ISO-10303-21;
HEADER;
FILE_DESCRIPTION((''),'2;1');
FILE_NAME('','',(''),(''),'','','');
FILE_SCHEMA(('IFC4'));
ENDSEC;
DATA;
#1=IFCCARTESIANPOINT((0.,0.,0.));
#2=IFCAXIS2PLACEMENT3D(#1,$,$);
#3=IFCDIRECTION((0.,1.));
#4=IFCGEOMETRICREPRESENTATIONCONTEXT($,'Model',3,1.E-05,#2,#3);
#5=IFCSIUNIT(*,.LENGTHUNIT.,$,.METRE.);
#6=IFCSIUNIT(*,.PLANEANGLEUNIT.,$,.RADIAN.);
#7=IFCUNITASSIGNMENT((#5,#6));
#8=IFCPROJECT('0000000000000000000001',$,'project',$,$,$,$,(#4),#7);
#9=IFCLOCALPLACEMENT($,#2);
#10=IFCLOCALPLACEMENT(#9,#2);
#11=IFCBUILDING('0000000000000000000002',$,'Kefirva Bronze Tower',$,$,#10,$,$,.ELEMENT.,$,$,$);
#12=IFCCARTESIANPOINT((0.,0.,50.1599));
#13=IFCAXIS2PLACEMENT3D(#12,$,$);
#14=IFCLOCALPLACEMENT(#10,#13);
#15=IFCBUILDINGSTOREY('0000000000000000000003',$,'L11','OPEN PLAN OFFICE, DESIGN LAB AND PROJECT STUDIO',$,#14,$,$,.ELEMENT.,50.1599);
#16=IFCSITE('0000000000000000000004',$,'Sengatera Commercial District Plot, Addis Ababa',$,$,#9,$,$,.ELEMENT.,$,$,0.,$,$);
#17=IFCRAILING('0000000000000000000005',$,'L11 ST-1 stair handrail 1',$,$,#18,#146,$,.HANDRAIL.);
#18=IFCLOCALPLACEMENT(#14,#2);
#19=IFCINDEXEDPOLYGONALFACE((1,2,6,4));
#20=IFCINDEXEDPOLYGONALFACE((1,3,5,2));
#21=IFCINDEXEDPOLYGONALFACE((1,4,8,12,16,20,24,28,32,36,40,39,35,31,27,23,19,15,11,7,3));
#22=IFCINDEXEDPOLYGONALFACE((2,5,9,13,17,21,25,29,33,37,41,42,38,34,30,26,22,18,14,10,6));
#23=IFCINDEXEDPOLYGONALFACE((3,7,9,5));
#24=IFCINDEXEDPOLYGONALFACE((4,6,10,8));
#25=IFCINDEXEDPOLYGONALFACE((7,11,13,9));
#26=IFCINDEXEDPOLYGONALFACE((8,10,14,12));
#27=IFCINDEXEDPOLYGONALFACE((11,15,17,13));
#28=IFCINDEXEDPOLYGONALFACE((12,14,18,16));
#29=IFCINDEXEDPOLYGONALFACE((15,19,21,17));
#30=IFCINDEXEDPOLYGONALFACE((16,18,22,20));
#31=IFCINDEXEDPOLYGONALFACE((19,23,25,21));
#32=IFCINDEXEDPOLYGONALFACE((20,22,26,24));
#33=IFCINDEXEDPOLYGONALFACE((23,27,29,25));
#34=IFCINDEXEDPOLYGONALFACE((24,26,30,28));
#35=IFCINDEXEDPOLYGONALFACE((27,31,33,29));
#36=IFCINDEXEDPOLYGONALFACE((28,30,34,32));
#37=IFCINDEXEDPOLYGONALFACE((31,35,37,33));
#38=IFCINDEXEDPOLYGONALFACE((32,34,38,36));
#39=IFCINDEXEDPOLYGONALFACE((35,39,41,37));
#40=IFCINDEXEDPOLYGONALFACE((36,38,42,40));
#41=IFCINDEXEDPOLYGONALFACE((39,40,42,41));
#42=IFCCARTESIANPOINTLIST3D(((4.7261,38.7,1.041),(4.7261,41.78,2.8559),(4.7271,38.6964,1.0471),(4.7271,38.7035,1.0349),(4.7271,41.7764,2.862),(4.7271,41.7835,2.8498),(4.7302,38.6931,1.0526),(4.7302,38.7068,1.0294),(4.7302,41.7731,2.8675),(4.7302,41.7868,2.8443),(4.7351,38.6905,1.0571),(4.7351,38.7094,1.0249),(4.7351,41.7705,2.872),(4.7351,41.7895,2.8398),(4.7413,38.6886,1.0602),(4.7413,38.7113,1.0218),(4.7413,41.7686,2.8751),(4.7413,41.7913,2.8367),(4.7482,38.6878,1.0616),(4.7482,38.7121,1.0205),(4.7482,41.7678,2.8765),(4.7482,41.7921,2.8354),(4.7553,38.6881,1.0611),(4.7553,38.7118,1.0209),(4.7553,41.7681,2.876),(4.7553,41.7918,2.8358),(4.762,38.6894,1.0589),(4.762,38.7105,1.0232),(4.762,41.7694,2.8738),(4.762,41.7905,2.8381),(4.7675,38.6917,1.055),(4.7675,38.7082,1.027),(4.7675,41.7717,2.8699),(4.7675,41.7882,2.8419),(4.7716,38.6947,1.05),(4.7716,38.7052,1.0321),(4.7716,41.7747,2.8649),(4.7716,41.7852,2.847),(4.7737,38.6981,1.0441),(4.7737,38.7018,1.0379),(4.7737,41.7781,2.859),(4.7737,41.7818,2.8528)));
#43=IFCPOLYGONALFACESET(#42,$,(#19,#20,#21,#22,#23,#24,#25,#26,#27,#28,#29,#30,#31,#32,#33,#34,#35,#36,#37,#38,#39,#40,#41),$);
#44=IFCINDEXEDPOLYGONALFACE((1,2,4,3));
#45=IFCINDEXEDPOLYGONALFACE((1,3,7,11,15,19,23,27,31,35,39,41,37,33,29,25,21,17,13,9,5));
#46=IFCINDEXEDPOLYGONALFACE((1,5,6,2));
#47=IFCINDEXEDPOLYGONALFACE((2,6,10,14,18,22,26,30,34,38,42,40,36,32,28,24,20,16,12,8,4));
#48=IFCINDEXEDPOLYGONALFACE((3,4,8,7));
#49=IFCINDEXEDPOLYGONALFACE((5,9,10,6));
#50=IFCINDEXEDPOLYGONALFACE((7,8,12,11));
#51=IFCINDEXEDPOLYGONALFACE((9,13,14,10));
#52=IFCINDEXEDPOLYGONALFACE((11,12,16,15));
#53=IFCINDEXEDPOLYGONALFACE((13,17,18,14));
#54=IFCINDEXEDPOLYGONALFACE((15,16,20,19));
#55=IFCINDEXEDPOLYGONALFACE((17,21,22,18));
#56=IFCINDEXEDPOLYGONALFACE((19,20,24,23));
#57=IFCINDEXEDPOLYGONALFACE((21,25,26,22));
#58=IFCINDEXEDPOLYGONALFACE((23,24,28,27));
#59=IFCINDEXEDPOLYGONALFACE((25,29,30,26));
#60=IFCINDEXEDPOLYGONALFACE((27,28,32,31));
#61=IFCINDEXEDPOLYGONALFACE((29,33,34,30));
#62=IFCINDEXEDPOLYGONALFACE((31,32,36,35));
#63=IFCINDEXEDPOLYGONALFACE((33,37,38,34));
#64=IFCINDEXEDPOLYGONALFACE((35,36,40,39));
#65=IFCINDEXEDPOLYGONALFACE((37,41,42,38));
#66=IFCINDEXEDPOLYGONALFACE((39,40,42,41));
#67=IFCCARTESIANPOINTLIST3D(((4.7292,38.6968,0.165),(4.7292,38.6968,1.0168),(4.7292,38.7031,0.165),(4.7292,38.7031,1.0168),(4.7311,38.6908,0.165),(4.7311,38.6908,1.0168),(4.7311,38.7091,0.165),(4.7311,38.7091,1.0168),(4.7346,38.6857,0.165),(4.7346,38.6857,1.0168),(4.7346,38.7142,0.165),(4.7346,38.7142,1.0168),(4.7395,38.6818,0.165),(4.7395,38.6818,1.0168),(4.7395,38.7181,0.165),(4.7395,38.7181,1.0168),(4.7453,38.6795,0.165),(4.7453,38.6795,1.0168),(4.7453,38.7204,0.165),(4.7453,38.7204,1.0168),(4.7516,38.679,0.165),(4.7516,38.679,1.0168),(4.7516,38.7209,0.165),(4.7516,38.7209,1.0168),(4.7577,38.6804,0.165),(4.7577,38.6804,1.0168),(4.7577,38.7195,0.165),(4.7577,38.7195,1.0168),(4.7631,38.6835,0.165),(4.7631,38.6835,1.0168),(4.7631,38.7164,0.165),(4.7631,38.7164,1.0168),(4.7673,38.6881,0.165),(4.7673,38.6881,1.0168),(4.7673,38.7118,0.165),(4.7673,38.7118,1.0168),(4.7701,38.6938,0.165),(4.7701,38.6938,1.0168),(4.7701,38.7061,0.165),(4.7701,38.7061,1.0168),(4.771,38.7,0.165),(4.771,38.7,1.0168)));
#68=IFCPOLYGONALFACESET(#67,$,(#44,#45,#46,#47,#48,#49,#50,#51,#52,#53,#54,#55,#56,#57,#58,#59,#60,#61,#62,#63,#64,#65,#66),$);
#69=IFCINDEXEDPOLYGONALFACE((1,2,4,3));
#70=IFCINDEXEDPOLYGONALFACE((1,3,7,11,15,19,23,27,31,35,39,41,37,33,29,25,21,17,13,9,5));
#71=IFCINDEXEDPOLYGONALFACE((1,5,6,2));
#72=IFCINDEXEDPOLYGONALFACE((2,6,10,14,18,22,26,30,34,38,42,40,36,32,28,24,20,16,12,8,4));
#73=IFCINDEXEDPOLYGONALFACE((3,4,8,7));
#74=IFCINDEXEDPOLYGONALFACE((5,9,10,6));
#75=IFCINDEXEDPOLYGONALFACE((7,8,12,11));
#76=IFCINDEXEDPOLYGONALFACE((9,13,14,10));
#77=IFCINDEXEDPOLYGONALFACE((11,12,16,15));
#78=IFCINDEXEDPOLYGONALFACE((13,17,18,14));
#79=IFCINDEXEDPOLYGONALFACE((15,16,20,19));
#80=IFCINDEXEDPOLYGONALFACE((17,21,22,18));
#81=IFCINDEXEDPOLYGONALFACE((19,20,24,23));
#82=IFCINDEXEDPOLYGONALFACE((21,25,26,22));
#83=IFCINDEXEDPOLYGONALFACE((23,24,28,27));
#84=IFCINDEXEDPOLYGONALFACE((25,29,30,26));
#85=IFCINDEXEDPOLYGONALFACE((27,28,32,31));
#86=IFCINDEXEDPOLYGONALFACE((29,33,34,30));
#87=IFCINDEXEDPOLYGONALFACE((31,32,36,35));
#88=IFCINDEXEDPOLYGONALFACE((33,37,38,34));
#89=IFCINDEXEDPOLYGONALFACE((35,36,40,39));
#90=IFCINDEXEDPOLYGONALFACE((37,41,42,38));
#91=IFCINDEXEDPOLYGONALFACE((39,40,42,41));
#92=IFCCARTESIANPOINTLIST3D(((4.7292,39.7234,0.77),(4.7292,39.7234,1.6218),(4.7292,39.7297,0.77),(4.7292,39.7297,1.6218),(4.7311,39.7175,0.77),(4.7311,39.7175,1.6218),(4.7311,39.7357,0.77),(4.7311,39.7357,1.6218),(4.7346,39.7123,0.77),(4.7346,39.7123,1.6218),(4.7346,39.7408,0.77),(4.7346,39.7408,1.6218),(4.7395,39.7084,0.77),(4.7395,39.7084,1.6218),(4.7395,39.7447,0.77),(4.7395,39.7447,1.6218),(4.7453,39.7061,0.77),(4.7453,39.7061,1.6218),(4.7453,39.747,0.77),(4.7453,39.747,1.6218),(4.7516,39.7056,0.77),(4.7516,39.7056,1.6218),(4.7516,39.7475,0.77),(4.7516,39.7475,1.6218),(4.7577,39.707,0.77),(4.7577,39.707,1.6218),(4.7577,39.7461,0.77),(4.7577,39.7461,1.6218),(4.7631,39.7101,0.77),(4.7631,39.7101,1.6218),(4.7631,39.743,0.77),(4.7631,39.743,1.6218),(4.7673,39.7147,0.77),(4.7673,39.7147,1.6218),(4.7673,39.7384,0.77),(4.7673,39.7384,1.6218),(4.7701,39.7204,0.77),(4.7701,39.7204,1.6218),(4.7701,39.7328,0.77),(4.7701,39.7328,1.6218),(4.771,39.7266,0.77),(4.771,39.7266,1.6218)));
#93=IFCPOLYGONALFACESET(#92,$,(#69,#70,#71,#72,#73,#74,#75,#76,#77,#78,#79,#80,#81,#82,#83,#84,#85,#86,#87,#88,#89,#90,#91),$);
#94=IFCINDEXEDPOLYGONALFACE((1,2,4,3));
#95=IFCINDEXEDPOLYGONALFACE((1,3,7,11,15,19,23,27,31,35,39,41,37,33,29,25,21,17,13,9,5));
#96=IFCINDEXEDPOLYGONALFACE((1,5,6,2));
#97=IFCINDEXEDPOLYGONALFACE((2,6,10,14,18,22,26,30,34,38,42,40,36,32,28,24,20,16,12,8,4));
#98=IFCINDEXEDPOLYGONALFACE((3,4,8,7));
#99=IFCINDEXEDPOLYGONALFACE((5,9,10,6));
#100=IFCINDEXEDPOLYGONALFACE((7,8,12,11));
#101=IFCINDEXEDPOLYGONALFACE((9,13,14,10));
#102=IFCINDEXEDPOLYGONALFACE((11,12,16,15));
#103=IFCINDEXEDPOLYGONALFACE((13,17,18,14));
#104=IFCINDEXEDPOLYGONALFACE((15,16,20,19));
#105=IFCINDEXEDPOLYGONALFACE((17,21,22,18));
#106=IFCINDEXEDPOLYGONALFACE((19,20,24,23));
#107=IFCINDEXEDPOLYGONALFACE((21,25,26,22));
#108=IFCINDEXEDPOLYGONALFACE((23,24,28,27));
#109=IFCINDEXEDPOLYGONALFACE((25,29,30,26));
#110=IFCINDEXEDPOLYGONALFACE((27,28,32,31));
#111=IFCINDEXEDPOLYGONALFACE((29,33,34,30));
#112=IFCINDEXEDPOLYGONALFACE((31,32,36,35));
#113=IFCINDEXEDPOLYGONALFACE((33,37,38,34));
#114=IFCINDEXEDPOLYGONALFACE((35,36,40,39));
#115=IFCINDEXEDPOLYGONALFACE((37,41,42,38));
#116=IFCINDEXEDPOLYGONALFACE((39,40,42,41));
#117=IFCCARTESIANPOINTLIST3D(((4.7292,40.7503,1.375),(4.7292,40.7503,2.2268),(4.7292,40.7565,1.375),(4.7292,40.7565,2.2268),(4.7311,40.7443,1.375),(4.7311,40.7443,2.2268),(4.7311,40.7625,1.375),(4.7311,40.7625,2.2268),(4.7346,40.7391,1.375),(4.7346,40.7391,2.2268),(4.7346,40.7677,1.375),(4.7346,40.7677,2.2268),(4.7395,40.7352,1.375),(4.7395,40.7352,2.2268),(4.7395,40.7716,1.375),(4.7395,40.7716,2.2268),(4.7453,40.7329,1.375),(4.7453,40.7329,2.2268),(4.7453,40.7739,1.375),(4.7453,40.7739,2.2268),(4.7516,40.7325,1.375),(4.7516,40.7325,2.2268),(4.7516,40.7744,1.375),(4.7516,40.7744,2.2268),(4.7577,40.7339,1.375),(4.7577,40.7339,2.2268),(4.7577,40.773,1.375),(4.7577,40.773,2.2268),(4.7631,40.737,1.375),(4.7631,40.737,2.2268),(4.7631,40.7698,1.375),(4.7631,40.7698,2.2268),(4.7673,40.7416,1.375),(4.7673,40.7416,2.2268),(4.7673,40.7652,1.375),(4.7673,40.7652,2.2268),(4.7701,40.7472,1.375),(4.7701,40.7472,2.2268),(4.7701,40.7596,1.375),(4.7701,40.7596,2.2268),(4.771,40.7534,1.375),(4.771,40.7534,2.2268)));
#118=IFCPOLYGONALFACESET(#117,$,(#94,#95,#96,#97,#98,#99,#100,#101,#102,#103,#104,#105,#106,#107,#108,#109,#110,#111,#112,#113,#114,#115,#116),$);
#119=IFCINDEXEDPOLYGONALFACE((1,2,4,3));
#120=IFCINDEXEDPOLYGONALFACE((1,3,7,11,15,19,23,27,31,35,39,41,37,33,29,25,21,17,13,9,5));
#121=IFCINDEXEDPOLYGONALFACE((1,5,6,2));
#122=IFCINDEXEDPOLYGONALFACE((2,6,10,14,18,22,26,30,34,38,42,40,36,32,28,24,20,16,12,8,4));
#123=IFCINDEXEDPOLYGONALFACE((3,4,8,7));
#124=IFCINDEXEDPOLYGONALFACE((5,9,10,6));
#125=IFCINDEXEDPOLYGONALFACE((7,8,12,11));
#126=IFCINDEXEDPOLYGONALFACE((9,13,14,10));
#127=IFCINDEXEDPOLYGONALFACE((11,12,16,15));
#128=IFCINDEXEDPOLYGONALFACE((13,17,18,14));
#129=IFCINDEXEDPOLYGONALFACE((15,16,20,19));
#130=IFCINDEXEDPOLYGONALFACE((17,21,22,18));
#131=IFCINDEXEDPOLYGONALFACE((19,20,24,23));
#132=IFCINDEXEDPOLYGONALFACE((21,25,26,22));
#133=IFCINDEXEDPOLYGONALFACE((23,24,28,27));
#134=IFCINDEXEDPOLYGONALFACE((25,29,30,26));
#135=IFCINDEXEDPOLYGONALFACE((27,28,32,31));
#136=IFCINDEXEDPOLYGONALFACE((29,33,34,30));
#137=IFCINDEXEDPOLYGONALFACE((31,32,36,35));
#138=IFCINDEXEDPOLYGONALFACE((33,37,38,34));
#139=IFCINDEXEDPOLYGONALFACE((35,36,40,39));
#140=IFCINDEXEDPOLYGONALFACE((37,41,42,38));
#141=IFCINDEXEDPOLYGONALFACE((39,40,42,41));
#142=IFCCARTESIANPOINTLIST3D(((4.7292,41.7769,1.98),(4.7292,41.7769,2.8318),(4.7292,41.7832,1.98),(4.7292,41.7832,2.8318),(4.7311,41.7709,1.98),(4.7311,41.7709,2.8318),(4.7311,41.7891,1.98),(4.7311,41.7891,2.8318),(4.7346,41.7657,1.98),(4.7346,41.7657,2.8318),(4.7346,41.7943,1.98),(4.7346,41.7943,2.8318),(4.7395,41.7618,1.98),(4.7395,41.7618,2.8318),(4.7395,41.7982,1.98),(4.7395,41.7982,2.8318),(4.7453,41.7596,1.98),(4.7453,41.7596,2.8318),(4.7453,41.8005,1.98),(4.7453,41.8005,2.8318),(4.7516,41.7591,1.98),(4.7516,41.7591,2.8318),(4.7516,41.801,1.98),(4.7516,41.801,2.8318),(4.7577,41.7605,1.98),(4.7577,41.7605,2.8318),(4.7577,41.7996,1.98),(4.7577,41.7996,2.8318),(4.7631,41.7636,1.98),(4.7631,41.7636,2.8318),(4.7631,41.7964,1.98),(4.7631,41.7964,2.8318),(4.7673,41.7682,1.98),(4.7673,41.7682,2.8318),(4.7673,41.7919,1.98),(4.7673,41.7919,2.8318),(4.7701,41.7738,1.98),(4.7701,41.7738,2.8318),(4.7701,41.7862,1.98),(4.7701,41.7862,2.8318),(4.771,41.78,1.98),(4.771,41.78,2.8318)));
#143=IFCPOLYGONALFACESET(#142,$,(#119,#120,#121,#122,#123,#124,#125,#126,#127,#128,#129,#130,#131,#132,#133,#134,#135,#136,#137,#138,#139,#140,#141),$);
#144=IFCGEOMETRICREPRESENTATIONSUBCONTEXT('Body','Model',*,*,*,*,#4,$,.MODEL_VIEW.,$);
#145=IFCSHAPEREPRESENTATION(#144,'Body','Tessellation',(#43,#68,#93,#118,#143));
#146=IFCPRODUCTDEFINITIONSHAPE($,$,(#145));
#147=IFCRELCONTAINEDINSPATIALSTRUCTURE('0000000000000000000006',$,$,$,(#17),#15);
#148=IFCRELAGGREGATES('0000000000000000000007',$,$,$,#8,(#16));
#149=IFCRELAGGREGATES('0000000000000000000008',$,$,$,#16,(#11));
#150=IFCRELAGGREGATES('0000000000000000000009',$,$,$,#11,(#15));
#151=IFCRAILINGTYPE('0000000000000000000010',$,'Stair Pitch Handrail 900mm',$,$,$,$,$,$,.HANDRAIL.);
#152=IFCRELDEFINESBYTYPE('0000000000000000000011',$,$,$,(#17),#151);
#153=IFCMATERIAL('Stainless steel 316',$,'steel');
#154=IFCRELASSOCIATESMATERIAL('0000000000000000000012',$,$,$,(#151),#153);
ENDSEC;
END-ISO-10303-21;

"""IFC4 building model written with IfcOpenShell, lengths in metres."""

from ifc_helpers import new_model, si_unit, direction, frame, origin, origin_2d, place, context, subcontext, project, spatial, circle, extrude, material, type_object, element, save


model = new_model("IFC4")

# Units and contexts
model_context = context("Model", 3, precision=1e-05, world=origin(), true_north=direction((0.0, 1.0)))
body_context = subcontext(model_context, "Body", "Model", "MODEL_VIEW")
ifc_project = project(units=[si_unit("LENGTHUNIT", "METRE"), si_unit("PLANEANGLEUNIT", "RADIAN")], contexts=[model_context])

# Site, building, storey
site_placement = place(None, origin())
site = spatial("IfcSite", under=ifc_project, at=site_placement, Name="Sengatera Commercial District Plot, Addis Ababa", CompositionType="ELEMENT", RefElevation=0.0)
building_placement = place(site_placement, origin())
building = spatial("IfcBuilding", under=site, at=building_placement, Name="Kefirva Bronze Tower", CompositionType="ELEMENT")
storey_placement = place(building_placement, frame((0.0, 0.0, 50.1599)))
storey = spatial("IfcBuildingStorey", under=building, at=storey_placement, Name="L11", Description="OPEN PLAN OFFICE, DESIGN LAB AND PROJECT STUDIO", CompositionType="ELEMENT", Elevation=50.1599)

# Railing
ifc_material_1 = material(Name="Stainless steel 316", Category="steel")
railing_type_1 = type_object("IfcRailingType", Name="Stair Pitch Handrail 900mm", PredefinedType="HANDRAIL", material=ifc_material_1)
railing_1_placement = place(storey_placement, frame((4.75, 38.7, 0.165)))
element("IfcRailing", 1, at=railing_1_placement, inside=storey, type_object=railing_type_1, Name="L11 ST-1 stair handrail 1", PredefinedType="HANDRAIL", context=body_context, shape_type="SweptSolid", body=[
    extrude(circle(Radius=0.0239, at=origin_2d()), frame((0.0, 0.0, 0.876), z_axis=(0.0, 0.861551, 0.507671), x_axis=(-1.0, 0.0, 0.0)), (0.0, 0.0, 1.0), 3.575),
    extrude(circle(Radius=0.021, at=origin_2d()), origin(), (0.0, 0.0, 1.0), 0.8518),
    extrude(circle(Radius=0.021, at=origin_2d()), frame((0.0, 1.0266, 0.605)), (0.0, 0.0, 1.0), 0.8518),
    extrude(circle(Radius=0.021, at=origin_2d()), frame((0.0, 2.0535, 1.21)), (0.0, 0.0, 1.0), 0.8518),
    extrude(circle(Radius=0.021, at=origin_2d()), frame((0.0, 3.0801, 1.8149)), (0.0, 0.0, 1.0), 0.8518),
])

save(model, "model.ifc")
